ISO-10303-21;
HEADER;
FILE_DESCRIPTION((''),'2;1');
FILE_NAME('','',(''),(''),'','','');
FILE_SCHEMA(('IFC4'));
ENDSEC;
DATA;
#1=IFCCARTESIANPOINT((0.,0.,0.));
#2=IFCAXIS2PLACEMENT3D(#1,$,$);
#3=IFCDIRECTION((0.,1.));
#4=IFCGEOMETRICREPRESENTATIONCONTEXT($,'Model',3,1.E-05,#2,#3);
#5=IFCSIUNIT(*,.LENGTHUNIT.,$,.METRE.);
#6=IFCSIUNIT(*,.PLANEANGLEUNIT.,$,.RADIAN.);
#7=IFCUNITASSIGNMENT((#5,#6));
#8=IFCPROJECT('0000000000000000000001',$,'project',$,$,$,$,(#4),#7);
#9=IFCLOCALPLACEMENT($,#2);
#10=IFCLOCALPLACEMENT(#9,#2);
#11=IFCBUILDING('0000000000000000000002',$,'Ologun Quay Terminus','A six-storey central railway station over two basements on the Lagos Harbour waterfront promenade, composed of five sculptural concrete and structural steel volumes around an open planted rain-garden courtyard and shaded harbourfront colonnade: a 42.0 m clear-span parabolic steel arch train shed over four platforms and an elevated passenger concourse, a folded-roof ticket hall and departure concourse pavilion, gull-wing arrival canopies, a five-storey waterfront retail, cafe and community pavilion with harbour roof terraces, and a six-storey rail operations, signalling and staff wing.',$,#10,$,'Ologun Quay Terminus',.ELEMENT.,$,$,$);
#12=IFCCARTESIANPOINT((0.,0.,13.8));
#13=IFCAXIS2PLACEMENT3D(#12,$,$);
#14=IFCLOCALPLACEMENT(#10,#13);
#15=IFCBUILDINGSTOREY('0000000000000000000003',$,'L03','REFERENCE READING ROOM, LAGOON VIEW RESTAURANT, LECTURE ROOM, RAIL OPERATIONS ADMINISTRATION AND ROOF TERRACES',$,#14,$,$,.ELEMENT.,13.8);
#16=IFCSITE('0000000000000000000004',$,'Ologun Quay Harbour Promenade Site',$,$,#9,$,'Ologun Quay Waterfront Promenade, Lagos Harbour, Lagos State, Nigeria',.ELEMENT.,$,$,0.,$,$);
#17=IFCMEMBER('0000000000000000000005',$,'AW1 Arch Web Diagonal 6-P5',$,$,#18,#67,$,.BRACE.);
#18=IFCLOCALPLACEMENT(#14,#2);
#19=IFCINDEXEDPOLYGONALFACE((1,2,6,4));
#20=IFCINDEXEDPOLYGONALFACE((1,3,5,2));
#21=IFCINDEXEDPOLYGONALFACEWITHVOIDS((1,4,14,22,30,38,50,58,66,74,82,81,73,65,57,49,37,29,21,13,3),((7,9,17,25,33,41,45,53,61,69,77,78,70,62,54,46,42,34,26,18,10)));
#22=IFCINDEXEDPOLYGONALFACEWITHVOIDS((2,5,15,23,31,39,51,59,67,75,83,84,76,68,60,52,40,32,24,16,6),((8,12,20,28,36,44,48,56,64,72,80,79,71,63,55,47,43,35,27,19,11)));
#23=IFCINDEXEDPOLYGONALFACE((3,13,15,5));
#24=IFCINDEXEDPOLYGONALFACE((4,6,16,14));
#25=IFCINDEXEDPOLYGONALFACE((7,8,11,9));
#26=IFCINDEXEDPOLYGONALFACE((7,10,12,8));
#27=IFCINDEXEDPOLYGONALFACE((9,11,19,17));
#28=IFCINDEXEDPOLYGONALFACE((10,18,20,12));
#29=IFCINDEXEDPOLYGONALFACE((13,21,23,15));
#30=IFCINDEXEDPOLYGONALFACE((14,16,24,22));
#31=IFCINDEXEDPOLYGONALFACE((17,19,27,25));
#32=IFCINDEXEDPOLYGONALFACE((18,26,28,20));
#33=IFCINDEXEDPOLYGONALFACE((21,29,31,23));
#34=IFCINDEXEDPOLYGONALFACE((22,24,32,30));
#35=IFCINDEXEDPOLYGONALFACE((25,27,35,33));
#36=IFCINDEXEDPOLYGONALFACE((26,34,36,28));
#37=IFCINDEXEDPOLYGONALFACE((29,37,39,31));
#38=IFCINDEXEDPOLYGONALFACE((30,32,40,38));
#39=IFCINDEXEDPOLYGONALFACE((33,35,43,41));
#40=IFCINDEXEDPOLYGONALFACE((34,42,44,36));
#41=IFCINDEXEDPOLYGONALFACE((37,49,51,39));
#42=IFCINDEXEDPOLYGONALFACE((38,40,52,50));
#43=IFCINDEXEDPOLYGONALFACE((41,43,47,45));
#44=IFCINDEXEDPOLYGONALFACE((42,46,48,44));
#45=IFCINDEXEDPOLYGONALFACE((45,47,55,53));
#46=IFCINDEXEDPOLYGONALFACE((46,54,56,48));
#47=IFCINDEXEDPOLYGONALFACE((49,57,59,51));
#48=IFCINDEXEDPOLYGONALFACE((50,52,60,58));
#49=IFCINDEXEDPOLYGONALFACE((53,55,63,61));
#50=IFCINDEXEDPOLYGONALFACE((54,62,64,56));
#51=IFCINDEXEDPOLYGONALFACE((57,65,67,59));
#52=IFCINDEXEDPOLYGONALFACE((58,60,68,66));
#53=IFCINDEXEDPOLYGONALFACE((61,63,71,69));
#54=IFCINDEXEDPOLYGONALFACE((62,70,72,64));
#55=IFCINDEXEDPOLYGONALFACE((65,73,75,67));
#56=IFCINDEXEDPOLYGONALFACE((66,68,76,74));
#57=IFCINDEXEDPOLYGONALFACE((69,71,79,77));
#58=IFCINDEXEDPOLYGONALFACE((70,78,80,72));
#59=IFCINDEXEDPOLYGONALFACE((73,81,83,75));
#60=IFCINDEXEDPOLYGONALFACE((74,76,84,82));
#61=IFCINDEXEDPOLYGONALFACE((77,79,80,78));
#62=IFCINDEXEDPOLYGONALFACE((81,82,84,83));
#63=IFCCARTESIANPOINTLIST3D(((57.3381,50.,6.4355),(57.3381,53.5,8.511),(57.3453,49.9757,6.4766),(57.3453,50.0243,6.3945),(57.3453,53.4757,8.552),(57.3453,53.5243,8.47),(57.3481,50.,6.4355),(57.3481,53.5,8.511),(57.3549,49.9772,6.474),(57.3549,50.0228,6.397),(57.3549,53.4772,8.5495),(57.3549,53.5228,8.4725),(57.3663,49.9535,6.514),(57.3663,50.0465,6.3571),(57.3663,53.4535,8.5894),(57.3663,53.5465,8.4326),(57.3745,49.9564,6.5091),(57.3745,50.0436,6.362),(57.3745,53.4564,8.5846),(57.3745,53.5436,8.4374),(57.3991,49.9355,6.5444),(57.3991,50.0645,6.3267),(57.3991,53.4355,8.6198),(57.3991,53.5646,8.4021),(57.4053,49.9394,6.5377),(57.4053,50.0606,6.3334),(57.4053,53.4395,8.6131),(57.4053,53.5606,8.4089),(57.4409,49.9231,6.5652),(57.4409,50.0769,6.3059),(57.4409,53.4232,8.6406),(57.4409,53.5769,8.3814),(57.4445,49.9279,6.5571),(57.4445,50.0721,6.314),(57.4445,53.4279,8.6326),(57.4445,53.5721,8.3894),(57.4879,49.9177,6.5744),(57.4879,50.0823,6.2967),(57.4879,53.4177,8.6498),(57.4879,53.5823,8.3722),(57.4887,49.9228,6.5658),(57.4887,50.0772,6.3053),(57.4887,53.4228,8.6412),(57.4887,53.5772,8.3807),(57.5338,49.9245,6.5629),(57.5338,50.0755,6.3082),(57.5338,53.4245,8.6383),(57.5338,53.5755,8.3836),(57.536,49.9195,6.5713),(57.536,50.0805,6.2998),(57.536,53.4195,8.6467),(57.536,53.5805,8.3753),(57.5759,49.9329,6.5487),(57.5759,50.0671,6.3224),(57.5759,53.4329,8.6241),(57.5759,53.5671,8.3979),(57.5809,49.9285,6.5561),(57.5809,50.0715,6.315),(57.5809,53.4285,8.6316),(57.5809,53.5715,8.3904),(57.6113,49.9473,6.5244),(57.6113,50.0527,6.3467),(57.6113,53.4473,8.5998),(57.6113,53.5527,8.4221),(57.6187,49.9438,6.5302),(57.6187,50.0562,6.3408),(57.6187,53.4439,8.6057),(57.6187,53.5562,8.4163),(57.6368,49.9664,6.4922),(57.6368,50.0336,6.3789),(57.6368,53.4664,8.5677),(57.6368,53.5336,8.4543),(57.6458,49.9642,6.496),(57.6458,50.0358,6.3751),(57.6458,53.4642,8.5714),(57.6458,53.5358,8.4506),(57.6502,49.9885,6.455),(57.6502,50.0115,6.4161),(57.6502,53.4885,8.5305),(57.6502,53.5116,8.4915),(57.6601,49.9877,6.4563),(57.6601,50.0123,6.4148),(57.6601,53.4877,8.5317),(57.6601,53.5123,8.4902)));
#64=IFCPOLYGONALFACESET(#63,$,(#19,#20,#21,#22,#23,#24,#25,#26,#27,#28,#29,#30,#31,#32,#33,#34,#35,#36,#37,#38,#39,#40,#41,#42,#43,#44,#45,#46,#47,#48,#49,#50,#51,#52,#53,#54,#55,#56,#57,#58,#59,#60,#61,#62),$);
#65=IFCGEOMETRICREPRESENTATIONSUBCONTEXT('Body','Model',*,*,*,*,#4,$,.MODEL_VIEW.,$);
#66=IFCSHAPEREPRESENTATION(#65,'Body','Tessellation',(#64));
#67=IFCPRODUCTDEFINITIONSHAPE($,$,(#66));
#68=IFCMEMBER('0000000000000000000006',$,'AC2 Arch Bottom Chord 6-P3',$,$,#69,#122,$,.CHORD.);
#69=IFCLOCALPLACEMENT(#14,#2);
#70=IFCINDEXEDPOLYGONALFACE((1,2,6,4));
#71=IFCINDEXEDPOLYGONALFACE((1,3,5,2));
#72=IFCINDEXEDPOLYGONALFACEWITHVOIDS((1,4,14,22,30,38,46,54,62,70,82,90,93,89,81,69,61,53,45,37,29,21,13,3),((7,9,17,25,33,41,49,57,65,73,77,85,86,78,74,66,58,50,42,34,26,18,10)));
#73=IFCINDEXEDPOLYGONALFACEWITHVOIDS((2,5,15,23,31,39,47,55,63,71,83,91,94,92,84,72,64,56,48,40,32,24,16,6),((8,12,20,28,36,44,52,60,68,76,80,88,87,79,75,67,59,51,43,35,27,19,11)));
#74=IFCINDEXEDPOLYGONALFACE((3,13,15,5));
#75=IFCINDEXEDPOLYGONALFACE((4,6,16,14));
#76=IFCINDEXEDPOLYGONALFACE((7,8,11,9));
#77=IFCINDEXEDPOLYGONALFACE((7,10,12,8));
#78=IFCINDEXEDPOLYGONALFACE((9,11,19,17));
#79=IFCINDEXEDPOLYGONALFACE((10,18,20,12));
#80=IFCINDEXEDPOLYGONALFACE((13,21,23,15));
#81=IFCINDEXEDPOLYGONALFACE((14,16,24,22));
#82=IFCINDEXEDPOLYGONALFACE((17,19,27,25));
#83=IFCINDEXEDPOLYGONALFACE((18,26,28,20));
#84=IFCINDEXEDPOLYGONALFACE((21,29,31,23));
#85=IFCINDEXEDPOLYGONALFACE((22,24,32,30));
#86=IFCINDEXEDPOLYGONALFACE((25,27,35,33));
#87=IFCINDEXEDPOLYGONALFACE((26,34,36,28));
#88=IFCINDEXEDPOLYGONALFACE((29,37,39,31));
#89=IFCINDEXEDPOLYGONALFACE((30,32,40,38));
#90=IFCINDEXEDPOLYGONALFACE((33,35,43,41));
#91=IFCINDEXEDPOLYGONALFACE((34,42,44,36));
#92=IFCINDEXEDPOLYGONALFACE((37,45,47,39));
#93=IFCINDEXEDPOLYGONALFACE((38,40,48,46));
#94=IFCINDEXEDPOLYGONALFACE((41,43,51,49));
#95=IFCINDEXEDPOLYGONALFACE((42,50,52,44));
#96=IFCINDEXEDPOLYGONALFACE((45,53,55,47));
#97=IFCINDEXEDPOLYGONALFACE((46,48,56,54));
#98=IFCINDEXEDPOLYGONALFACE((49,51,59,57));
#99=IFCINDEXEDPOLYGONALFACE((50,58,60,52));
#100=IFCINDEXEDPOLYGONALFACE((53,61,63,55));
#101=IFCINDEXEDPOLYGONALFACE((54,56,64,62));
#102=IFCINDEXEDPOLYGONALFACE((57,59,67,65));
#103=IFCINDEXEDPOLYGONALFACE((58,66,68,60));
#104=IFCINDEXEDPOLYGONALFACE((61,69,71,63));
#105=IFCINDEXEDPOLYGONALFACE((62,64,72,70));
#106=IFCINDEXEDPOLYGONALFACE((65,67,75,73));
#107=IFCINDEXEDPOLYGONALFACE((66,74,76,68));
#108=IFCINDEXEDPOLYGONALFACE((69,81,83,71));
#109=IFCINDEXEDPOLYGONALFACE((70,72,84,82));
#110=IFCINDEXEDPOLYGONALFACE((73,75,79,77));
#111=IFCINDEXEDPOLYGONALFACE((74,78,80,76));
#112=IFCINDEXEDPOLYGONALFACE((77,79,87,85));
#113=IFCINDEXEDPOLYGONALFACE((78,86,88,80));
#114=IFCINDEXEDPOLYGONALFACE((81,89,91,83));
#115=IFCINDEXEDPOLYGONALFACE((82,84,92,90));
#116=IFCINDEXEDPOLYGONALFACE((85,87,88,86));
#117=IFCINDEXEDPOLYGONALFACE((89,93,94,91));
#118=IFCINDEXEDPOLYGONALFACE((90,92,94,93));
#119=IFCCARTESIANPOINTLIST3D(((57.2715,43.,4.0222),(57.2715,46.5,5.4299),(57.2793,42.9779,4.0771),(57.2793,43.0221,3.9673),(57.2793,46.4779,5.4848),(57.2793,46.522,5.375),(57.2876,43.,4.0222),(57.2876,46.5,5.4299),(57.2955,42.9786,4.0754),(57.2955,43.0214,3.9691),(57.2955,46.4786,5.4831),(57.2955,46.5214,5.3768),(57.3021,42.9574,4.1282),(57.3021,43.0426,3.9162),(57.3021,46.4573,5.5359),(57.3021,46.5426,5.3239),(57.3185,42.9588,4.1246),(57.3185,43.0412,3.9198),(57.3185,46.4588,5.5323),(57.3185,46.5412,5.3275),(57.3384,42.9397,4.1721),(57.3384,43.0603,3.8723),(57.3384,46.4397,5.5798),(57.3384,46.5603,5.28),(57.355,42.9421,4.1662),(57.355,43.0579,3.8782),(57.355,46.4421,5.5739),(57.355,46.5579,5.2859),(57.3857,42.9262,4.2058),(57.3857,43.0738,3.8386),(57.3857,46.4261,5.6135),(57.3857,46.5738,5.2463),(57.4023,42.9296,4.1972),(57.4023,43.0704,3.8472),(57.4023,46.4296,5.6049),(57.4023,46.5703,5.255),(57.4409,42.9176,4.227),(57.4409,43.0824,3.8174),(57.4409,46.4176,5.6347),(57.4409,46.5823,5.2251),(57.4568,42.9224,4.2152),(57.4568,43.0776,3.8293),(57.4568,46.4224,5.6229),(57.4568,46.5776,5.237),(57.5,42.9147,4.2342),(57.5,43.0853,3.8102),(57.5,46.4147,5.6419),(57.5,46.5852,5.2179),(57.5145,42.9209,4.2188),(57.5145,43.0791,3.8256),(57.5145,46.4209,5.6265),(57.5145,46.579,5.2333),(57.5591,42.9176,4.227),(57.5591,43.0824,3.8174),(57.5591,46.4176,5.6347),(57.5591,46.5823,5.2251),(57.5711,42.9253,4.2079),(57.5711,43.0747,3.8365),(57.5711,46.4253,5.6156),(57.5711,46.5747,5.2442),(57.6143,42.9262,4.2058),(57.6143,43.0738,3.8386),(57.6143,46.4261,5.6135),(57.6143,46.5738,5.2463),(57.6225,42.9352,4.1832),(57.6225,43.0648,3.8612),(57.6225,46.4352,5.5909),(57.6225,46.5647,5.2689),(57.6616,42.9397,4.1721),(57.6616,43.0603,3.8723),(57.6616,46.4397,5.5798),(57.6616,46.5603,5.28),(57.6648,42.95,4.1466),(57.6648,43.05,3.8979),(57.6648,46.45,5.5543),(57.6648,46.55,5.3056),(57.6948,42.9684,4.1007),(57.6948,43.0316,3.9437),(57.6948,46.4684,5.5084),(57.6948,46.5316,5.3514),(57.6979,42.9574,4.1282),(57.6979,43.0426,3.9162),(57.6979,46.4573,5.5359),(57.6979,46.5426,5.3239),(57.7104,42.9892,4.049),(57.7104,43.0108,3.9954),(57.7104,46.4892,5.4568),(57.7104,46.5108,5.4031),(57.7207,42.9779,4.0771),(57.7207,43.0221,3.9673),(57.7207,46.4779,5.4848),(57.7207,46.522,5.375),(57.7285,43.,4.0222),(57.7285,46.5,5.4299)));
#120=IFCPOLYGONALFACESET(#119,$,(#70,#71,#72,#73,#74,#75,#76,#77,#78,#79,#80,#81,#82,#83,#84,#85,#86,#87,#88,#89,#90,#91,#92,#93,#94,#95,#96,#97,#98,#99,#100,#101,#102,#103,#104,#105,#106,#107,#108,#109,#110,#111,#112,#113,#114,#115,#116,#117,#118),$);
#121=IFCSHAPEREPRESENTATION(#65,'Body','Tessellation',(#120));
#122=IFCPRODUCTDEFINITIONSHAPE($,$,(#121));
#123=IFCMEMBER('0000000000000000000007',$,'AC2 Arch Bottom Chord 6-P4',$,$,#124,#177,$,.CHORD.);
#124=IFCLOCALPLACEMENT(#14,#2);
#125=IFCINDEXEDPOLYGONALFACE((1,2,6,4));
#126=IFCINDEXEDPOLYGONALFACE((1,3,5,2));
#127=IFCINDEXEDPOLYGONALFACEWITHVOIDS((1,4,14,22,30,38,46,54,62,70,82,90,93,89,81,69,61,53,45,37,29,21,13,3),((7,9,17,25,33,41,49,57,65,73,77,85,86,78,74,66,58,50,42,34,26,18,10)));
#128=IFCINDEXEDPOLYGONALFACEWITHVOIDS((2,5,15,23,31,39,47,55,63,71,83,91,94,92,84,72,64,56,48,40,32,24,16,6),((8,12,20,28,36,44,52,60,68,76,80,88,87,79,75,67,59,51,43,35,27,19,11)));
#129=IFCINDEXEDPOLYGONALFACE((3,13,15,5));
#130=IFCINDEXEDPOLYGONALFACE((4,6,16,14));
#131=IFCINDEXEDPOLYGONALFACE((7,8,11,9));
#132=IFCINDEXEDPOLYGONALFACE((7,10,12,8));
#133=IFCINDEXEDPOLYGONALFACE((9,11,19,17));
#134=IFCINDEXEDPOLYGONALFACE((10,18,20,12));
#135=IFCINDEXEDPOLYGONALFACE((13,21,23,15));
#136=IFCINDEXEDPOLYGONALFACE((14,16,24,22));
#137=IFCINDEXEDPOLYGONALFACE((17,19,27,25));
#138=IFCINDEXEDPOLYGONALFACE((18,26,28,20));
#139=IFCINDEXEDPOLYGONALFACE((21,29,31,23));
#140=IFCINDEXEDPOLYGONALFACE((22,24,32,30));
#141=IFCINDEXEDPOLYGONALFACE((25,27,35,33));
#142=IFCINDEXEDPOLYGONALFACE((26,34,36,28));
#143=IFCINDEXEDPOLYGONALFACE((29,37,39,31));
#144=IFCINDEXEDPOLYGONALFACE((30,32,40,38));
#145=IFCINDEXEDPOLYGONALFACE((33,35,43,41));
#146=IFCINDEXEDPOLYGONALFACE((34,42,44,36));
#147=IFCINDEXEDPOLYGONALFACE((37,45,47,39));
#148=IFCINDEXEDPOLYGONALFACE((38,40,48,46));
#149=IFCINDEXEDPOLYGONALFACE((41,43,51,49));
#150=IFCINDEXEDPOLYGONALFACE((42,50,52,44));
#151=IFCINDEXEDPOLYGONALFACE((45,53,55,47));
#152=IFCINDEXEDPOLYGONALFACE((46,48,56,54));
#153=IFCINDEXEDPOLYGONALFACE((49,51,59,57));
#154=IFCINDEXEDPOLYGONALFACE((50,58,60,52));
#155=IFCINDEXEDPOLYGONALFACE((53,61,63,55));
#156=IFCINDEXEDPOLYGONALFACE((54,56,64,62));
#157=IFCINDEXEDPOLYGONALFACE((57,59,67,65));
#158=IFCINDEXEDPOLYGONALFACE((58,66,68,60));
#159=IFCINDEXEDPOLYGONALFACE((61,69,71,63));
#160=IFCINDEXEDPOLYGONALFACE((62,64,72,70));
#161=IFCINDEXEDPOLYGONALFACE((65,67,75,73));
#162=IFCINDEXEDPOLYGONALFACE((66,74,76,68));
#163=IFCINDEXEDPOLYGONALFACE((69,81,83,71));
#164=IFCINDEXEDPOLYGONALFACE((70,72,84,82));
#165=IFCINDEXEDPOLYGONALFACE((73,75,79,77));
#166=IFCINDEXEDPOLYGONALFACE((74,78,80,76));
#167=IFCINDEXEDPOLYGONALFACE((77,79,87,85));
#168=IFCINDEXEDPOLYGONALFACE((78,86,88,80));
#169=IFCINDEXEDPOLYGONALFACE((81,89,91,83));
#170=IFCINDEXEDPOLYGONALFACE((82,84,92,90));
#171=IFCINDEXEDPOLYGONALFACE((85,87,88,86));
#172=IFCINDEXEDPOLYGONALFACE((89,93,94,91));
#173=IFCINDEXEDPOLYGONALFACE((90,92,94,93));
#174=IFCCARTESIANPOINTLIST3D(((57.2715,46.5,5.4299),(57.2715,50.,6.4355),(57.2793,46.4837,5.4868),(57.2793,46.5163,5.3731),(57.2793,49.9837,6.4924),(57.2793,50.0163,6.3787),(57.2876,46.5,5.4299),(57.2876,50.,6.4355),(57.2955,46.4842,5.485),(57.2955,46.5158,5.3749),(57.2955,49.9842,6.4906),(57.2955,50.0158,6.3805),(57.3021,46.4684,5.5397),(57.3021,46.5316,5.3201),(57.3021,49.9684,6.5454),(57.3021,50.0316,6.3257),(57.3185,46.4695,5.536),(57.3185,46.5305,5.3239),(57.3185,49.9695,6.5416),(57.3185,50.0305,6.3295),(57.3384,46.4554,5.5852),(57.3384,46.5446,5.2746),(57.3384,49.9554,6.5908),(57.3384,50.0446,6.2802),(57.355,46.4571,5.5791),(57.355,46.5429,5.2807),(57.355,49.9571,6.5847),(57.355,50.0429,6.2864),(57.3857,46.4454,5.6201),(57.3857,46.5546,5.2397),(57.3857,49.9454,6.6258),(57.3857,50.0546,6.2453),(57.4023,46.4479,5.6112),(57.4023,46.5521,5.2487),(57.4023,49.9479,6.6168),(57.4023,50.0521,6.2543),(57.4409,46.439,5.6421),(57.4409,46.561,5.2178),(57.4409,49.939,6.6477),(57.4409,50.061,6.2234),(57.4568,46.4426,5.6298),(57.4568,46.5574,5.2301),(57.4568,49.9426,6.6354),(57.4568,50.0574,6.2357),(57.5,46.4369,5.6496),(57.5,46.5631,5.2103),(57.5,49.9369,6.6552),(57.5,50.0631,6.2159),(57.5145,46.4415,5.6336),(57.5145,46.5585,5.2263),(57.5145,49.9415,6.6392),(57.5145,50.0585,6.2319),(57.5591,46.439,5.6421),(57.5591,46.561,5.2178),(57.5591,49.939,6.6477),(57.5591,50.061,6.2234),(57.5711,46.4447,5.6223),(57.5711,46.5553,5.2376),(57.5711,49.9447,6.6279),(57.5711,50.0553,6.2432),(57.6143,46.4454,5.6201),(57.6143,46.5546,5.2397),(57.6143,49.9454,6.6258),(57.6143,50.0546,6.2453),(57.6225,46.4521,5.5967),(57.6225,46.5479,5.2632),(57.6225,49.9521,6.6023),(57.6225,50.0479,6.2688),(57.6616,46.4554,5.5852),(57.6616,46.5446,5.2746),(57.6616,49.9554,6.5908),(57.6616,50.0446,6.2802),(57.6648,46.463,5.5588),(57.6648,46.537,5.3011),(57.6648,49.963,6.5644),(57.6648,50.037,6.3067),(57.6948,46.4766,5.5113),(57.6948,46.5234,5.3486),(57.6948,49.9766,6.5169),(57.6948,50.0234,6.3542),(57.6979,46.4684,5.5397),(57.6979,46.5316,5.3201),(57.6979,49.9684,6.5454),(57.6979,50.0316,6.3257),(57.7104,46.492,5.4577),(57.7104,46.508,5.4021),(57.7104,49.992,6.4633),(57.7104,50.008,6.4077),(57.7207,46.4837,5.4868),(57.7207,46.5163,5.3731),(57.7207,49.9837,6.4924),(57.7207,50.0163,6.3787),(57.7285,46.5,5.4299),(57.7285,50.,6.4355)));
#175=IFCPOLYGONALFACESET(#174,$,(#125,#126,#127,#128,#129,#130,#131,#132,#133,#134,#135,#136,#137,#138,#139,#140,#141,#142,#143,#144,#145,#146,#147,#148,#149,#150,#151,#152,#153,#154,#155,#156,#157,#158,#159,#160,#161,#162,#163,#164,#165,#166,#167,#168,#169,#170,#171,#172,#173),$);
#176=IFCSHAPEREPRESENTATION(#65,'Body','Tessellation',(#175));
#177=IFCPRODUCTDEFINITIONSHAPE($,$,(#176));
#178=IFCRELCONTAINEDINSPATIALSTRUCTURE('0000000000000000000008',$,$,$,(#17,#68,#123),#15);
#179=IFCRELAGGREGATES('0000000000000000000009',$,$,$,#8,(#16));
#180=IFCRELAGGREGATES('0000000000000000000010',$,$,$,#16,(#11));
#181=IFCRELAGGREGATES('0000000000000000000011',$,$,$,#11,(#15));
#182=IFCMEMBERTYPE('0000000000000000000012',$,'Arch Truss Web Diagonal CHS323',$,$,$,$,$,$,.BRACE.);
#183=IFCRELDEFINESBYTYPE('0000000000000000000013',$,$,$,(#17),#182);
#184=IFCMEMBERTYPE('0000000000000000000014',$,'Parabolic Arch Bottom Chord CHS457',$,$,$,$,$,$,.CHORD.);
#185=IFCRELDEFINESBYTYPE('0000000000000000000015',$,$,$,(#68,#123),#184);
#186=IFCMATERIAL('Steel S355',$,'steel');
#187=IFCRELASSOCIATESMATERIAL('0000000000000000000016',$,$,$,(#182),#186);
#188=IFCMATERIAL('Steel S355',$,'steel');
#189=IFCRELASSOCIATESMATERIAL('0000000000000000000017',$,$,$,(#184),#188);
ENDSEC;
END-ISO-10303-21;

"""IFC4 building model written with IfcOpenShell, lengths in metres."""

from ifc_helpers import new_model, si_unit, direction, frame, origin, origin_2d, place, context, subcontext, project, spatial, hollow_circle, extrude, material, material_profile, profile_set, type_object, element, save


model = new_model("IFC4")

# Units and contexts
model_context = context("Model", 3, precision=1e-05, world=origin(), true_north=direction((0.0, 1.0)))
body_context = subcontext(model_context, "Body", "Model", "MODEL_VIEW")
ifc_project = project(units=[si_unit("LENGTHUNIT", "METRE"), si_unit("PLANEANGLEUNIT", "RADIAN")], contexts=[model_context])

# Site, building, storey
site_placement = place(None, origin())
site = spatial("IfcSite", under=ifc_project, at=site_placement, Name="Ologun Quay Harbour Promenade Site", LongName="Ologun Quay Waterfront Promenade, Lagos Harbour, Lagos State, Nigeria", CompositionType="ELEMENT", RefElevation=0.0)
building_placement = place(site_placement, origin())
building = spatial("IfcBuilding", under=site, at=building_placement, Name="Ologun Quay Terminus", Description="A six-storey central railway station over two basements on the Lagos Harbour waterfront promenade, composed of five sculptural concrete and structural steel volumes around an open planted rain-garden courtyard and shaded harbourfront colonnade: a 42.0 m clear-span parabolic steel arch train shed over four platforms and an elevated passenger concourse, a folded-roof ticket hall and departure concourse pavilion, gull-wing arrival canopies, a five-storey waterfront retail, cafe and community pavilion with harbour roof terraces, and a six-storey rail operations, signalling and staff wing.", LongName="Ologun Quay Terminus", CompositionType="ELEMENT")
storey_placement = place(building_placement, frame((0.0, 0.0, 13.8)))
storey = spatial("IfcBuildingStorey", under=building, at=storey_placement, Name="L03", Description="REFERENCE READING ROOM, LAGOON VIEW RESTAURANT, LECTURE ROOM, RAIL OPERATIONS ADMINISTRATION AND ROOF TERRACES", CompositionType="ELEMENT", Elevation=13.8)

# Members
ifc_material_1 = material(Name="Steel S355", Category="steel")
ifc_material_profile_1 = material_profile(ifc_material_1, hollow_circle(Radius=0.1619, WallThickness=0.01, at=origin_2d()), Name="CHS 323.9x10")
ifc_profile_set_1 = profile_set([ifc_material_profile_1], Name="Steel S355")
member_type_1 = type_object("IfcMemberType", Name="Arch Truss Web Diagonal CHS323", PredefinedType="BRACE", material=ifc_profile_set_1)
member_1_placement = place(storey_placement, frame((57.5, 50.0, 6.4355), z_axis=(0.0, 0.860144, 0.510051), x_axis=(-1.0, 0.0, 0.0)))
element("IfcMember", 1, at=member_1_placement, inside=storey, type_object=member_type_1, Name="AW1 Arch Web Diagonal 6-P5", PredefinedType="BRACE", context=body_context, shape_type="SweptSolid", body=[
    extrude(hollow_circle(Radius=0.1619, WallThickness=0.01, at=origin_2d()), origin(), (0.0, 0.0, 1.0), 4.0691),
])
ifc_material_2 = material(Name="Steel S355", Category="steel")
ifc_material_profile_2 = material_profile(ifc_material_2, hollow_circle(Radius=0.2285, WallThickness=0.0161, at=origin_2d()), Name="CHS 457x16")
ifc_profile_set_2 = profile_set([ifc_material_profile_2], Name="Steel S355")
member_type_2 = type_object("IfcMemberType", Name="Parabolic Arch Bottom Chord CHS457", PredefinedType="CHORD", material=ifc_profile_set_2)
member_2_placement = place(storey_placement, frame((57.5, 43.0, 4.0222), z_axis=(0.0, 0.92777, 0.373153), x_axis=(-1.0, 0.0, 0.0)))
element("IfcMember", 2, at=member_2_placement, inside=storey, type_object=member_type_2, Name="AC2 Arch Bottom Chord 6-P3", PredefinedType="CHORD", context=body_context, shape_type="SweptSolid", body=[
    extrude(hollow_circle(Radius=0.2285, WallThickness=0.0161, at=origin_2d()), origin(), (0.0, 0.0, 1.0), 3.7725),
])
member_3_placement = place(storey_placement, frame((57.5, 46.5, 5.4299), z_axis=(0.0, 0.961116, 0.276146), x_axis=(-1.0, 0.0, 0.0)))
element("IfcMember", 3, at=member_3_placement, inside=storey, type_object=member_type_2, Name="AC2 Arch Bottom Chord 6-P4", PredefinedType="CHORD", context=body_context, shape_type="SweptSolid", body=[
    extrude(hollow_circle(Radius=0.2285, WallThickness=0.0161, at=origin_2d()), origin(), (0.0, 0.0, 1.0), 3.6416),
])

save(model, "model.ifc")
